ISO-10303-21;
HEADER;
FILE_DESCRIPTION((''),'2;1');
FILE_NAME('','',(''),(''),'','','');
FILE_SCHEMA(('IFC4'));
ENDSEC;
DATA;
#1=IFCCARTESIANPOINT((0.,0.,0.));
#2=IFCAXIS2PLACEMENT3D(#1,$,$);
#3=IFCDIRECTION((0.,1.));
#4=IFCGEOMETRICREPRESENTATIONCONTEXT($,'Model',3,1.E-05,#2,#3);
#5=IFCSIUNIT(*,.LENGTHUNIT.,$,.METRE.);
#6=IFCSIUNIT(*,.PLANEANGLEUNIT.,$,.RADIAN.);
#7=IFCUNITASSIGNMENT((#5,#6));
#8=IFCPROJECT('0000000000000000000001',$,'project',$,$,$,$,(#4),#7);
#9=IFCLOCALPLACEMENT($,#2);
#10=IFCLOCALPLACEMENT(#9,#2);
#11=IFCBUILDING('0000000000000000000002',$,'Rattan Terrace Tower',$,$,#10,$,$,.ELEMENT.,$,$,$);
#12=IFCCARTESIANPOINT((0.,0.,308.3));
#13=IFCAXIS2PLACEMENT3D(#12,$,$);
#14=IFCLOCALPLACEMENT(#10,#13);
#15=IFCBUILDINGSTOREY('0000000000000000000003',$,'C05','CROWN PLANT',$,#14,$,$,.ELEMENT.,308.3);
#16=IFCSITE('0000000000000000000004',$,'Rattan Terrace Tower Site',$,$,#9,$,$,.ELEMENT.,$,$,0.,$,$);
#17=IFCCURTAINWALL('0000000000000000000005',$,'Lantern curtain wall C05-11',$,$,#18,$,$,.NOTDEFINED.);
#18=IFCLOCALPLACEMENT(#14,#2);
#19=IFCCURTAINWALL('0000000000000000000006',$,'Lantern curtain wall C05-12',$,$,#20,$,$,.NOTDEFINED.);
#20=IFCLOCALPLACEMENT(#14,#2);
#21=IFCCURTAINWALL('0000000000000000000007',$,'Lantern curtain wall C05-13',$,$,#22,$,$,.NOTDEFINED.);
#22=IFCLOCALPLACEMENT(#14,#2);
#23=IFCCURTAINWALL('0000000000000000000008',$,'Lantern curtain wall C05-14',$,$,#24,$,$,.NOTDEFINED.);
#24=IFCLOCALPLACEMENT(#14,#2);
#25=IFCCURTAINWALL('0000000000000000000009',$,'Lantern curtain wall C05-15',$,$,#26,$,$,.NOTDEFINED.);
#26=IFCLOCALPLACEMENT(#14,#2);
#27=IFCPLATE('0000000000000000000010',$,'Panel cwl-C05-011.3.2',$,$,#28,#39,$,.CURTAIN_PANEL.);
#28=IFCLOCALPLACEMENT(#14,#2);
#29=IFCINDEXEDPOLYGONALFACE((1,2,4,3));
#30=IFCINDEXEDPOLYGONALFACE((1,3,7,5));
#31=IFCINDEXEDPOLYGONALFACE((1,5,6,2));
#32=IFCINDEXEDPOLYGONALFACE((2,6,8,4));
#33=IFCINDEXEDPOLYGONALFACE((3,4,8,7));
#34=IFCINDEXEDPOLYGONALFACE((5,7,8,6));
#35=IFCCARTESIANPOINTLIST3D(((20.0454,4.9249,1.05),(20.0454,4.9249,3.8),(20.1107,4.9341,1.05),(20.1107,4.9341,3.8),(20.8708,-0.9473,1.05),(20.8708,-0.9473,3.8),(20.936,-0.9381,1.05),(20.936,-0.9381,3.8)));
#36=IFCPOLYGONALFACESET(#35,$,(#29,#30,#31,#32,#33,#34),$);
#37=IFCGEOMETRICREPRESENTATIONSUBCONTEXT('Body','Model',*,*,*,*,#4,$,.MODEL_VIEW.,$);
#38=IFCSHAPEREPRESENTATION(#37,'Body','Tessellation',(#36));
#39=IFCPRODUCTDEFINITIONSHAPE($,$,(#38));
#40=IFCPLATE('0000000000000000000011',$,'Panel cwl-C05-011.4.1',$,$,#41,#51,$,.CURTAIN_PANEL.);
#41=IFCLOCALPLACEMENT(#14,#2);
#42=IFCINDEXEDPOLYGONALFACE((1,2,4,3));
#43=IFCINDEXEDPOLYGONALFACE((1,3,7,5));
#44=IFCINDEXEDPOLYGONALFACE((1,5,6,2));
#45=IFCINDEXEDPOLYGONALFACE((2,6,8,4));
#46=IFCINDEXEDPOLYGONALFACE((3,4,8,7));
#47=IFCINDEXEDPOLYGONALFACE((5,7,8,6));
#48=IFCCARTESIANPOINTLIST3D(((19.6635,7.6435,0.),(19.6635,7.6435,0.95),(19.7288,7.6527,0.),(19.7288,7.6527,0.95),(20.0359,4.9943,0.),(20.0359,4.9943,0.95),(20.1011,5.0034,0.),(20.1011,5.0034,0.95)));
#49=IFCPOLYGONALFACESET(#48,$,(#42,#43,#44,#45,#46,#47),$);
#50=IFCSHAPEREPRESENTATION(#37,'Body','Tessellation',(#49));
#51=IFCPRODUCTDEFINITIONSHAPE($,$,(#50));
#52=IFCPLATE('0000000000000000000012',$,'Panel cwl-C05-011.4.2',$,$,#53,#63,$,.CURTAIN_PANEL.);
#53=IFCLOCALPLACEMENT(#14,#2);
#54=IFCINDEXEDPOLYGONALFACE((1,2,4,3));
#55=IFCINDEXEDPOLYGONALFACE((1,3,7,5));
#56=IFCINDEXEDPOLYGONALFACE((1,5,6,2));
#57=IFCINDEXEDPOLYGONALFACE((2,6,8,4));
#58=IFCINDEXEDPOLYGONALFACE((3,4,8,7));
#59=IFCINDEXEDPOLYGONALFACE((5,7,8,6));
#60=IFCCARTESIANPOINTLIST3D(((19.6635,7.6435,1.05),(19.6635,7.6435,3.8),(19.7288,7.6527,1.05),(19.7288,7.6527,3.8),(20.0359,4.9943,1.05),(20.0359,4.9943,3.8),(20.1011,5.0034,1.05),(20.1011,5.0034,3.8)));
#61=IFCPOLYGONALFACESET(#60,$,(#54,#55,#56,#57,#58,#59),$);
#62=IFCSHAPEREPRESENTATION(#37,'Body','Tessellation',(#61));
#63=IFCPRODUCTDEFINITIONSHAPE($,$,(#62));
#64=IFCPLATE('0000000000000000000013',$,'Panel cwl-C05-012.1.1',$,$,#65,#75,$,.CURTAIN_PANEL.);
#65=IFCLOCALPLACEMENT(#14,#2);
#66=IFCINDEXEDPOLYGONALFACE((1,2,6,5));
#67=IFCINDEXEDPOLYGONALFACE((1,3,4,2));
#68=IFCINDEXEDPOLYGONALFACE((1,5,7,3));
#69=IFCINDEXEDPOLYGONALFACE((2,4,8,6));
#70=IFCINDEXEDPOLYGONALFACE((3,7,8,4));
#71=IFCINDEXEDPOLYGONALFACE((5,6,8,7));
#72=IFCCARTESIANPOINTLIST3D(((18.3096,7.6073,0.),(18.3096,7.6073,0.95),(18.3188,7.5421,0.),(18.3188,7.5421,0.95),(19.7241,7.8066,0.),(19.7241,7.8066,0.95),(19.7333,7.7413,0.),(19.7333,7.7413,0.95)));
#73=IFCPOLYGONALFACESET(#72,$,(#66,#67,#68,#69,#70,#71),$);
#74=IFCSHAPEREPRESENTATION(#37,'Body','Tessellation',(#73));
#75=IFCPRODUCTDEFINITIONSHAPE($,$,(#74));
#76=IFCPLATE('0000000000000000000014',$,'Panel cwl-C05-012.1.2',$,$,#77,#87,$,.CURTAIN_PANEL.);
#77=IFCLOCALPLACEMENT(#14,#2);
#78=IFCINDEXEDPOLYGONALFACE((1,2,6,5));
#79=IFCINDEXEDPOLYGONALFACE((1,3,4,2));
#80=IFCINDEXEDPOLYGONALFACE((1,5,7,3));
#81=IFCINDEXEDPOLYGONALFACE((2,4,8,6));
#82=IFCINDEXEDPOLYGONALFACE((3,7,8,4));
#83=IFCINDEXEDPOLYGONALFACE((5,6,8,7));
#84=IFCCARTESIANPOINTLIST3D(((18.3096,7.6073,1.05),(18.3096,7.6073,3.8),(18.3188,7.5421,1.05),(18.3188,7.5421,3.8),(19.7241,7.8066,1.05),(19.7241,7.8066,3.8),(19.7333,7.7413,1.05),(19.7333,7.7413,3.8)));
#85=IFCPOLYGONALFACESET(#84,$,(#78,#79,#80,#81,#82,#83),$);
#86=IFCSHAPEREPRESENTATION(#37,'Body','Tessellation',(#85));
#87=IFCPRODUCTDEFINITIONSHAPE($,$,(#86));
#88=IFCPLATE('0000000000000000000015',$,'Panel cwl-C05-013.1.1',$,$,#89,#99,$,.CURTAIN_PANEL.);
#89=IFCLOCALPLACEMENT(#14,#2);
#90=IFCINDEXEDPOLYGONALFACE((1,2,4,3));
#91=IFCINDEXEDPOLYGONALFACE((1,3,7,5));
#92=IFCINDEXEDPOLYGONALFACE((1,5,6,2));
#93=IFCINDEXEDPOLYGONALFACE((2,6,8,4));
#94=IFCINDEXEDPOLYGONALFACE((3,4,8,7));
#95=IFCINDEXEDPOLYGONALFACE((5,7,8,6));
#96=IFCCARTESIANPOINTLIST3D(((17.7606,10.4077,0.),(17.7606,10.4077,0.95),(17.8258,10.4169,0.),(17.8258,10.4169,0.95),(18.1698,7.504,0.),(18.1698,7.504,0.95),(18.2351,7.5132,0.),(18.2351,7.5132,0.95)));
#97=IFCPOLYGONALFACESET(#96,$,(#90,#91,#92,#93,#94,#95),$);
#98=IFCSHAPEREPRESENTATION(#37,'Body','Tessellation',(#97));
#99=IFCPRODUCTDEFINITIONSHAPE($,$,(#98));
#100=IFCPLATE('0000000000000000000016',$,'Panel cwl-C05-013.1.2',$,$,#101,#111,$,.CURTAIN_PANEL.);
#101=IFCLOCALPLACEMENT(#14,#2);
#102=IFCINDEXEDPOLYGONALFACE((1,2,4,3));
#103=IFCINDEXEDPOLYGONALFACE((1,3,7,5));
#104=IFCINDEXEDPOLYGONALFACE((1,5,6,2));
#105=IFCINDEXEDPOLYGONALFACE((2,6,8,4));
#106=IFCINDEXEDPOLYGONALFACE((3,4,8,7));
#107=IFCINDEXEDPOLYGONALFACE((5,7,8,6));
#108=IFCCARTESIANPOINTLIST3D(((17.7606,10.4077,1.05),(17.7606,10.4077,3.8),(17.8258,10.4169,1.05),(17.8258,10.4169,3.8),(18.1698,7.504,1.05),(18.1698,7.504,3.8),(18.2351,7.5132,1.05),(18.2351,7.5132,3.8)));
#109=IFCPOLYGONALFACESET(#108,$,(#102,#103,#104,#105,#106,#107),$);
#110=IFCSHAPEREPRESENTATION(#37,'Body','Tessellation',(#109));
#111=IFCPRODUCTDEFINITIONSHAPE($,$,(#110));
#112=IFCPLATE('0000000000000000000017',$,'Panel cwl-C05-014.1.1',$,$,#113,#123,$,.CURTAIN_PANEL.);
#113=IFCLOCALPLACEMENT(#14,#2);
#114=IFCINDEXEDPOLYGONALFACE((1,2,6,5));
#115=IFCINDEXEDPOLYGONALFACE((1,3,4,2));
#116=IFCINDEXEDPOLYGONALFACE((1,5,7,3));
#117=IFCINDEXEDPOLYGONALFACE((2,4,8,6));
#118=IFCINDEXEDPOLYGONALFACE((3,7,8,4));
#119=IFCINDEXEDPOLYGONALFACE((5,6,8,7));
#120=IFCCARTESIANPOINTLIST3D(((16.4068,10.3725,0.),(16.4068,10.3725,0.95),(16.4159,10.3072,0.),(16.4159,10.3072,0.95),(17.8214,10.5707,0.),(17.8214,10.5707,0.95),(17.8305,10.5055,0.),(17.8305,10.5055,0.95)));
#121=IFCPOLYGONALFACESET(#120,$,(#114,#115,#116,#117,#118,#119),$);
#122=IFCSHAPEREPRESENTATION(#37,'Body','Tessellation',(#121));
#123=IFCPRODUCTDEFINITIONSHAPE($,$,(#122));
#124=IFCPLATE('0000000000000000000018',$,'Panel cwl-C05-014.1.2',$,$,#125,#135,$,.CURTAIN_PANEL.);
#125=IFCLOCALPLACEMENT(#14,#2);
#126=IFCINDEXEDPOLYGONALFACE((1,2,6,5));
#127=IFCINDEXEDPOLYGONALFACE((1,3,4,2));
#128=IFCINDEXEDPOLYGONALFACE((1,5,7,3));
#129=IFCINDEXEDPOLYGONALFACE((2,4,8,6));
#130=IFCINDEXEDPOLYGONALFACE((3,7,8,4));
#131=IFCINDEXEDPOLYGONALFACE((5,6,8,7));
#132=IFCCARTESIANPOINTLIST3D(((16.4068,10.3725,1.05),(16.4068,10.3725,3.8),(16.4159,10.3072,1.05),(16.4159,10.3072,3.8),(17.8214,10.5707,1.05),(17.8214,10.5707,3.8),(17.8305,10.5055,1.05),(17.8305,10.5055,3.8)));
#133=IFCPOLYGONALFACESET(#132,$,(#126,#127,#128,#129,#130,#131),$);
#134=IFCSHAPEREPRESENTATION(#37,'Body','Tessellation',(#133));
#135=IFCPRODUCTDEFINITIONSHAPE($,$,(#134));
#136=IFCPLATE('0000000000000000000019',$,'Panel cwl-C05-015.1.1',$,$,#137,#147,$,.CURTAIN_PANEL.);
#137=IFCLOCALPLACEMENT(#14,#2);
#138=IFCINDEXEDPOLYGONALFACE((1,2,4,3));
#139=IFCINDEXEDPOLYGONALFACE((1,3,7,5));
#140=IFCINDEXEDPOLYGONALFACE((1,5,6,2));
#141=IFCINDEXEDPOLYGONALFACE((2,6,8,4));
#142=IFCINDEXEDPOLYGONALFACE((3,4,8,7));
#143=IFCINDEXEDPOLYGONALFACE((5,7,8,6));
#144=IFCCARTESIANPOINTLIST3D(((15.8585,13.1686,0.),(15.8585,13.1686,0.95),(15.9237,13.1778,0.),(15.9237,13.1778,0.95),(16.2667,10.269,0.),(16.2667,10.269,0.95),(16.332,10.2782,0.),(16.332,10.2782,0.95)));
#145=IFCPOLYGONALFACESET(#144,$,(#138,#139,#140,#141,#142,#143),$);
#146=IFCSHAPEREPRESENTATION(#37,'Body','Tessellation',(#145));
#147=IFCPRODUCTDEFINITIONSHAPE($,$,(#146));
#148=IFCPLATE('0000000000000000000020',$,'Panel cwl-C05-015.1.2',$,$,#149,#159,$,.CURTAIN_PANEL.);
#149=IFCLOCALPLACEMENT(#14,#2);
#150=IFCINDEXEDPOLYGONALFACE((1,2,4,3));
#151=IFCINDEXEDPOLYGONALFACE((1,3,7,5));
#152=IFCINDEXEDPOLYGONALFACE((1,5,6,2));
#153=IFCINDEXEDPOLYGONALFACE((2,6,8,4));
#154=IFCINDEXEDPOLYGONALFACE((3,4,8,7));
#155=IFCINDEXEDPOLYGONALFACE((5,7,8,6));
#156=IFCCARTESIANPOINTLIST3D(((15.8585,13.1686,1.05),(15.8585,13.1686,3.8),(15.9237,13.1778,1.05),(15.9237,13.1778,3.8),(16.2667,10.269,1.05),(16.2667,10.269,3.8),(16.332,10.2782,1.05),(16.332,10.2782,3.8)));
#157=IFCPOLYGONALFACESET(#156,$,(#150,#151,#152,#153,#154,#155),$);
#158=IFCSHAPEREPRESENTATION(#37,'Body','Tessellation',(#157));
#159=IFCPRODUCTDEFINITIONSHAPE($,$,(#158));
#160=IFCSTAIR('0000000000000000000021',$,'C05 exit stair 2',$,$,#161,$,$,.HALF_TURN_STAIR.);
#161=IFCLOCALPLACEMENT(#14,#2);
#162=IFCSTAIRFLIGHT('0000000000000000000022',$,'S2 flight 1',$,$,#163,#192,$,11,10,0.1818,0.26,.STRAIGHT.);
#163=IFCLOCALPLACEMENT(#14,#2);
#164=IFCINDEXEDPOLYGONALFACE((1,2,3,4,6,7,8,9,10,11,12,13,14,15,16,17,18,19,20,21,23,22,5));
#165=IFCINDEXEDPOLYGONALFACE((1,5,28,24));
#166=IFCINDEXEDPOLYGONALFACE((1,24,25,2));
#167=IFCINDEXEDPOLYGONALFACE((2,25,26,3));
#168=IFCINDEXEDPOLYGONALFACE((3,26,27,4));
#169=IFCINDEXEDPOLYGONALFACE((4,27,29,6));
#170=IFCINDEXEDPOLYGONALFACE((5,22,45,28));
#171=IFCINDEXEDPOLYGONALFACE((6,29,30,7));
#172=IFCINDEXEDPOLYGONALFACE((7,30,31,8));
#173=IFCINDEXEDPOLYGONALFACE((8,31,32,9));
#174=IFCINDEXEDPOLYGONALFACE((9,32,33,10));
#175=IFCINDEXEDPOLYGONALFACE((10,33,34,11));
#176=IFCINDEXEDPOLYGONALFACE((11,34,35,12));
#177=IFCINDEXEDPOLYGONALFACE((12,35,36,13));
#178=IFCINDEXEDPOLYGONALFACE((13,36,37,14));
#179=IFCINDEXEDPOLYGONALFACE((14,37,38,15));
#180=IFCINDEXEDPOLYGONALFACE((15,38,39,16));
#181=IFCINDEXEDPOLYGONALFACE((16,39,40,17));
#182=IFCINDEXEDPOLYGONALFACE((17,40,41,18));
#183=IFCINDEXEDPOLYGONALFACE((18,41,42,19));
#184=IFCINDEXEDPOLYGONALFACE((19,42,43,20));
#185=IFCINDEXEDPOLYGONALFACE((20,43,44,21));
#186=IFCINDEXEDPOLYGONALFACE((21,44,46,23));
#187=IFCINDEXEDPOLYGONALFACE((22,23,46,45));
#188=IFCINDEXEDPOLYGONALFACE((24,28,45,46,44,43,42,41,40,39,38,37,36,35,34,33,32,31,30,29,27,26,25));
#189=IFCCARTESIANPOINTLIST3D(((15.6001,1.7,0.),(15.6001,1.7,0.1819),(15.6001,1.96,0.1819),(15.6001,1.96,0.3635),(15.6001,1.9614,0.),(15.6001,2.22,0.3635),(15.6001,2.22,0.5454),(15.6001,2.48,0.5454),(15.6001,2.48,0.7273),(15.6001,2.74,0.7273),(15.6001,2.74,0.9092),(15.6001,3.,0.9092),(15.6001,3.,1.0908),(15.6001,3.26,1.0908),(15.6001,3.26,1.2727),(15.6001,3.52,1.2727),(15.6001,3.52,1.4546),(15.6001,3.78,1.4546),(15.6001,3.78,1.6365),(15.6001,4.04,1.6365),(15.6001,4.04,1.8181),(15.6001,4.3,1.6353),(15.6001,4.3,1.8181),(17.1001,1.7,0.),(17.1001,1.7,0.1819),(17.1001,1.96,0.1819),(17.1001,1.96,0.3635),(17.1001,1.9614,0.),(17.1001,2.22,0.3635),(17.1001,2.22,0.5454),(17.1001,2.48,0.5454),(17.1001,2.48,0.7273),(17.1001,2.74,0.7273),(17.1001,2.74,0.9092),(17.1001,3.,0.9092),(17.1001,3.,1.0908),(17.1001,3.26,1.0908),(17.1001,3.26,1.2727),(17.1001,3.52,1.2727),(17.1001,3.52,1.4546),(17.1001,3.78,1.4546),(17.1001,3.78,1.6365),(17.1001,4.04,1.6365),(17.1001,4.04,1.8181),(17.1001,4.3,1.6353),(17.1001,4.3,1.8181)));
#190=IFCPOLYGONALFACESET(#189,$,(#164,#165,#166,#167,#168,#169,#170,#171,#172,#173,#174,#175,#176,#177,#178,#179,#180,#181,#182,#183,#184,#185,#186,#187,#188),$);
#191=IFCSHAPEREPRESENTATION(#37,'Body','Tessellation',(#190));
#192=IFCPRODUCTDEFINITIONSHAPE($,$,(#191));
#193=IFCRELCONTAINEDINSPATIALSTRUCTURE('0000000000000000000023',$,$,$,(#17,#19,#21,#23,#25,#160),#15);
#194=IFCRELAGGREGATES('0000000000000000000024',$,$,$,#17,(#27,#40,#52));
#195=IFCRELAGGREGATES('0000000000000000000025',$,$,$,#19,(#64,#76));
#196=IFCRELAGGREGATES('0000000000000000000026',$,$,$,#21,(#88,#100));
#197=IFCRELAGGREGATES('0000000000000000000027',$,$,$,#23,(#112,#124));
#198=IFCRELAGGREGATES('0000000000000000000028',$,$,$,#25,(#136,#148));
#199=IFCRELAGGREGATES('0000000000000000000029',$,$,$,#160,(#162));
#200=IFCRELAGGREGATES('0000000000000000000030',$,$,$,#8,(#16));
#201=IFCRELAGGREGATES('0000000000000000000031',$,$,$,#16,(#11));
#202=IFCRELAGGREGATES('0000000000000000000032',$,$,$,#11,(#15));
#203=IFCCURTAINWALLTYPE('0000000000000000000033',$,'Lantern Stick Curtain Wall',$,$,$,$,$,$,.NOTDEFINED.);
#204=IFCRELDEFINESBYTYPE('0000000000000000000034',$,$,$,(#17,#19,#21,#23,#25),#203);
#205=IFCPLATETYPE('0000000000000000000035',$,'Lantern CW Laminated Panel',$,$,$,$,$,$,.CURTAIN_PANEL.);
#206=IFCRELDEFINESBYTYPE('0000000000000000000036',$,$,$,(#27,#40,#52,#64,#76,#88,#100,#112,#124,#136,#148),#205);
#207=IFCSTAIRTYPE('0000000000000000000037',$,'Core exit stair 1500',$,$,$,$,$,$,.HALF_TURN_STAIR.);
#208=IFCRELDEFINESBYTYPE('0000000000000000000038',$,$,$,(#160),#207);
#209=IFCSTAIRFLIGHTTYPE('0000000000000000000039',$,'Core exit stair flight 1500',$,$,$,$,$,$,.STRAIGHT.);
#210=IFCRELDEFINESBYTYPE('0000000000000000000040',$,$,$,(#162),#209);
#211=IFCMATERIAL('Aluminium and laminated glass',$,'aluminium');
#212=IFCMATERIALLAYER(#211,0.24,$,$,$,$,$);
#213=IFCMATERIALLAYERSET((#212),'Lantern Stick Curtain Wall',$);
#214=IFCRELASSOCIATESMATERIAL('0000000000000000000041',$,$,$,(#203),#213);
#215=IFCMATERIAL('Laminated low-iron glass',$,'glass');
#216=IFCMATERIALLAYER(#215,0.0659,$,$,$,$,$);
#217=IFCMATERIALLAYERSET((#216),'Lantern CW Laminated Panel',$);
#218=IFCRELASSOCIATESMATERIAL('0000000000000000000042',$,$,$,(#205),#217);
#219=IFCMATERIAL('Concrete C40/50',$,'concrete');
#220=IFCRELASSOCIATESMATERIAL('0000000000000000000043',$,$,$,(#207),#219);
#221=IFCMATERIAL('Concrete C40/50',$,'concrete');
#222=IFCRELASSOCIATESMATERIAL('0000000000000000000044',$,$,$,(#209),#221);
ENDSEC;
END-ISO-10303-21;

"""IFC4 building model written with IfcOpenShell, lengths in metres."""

from ifc_helpers import new_model, si_unit, direction, frame, origin, origin_2d, place, context, subcontext, project, spatial, polyline, rectangle, outline, extrude, material, layer, layer_set, type_object, element, aggregate, save


model = new_model("IFC4")

# Units and contexts
model_context = context("Model", 3, precision=1e-05, world=origin(), true_north=direction((0.0, 1.0)))
body_context = subcontext(model_context, "Body", "Model", "MODEL_VIEW")
ifc_project = project(units=[si_unit("LENGTHUNIT", "METRE"), si_unit("PLANEANGLEUNIT", "RADIAN")], contexts=[model_context])

# Site, building, storey
site_placement = place(None, origin())
site = spatial("IfcSite", under=ifc_project, at=site_placement, Name="Rattan Terrace Tower Site", CompositionType="ELEMENT", RefElevation=0.0)
building_placement = place(site_placement, origin())
building = spatial("IfcBuilding", under=site, at=building_placement, Name="Rattan Terrace Tower", CompositionType="ELEMENT")
storey_placement = place(building_placement, frame((0.0, 0.0, 308.3)))
storey = spatial("IfcBuildingStorey", under=building, at=storey_placement, Name="C05", Description="CROWN PLANT", CompositionType="ELEMENT", Elevation=308.3)

# Curtain walls
ifc_material_1 = material(Name="Aluminium and laminated glass", Category="aluminium")
ifc_layer_1 = layer(ifc_material_1, 0.24)
ifc_layer_set_1 = layer_set([ifc_layer_1], Name="Lantern Stick Curtain Wall")
curtain_wall_type = type_object("IfcCurtainWallType", Name="Lantern Stick Curtain Wall", PredefinedType="NOTDEFINED", material=ifc_layer_set_1)
curtain_wall_1_placement = place(storey_placement, origin())
curtain_wall_1 = element("IfcCurtainWall", 1, at=curtain_wall_1_placement, inside=storey, type_object=curtain_wall_type, Name="Lantern curtain wall C05-11", PredefinedType="NOTDEFINED")
curtain_wall_2_placement = place(storey_placement, origin())
curtain_wall_2 = element("IfcCurtainWall", 2, at=curtain_wall_2_placement, inside=storey, type_object=curtain_wall_type, Name="Lantern curtain wall C05-12", PredefinedType="NOTDEFINED")
curtain_wall_3_placement = place(storey_placement, origin())
curtain_wall_3 = element("IfcCurtainWall", 3, at=curtain_wall_3_placement, inside=storey, type_object=curtain_wall_type, Name="Lantern curtain wall C05-13", PredefinedType="NOTDEFINED")
curtain_wall_4_placement = place(storey_placement, origin())
curtain_wall_4 = element("IfcCurtainWall", 4, at=curtain_wall_4_placement, inside=storey, type_object=curtain_wall_type, Name="Lantern curtain wall C05-14", PredefinedType="NOTDEFINED")
curtain_wall_5_placement = place(storey_placement, origin())
curtain_wall_5 = element("IfcCurtainWall", 5, at=curtain_wall_5_placement, inside=storey, type_object=curtain_wall_type, Name="Lantern curtain wall C05-15", PredefinedType="NOTDEFINED")

# Plates
ifc_material_2 = material(Name="Laminated low-iron glass", Category="glass")
ifc_layer_2 = layer(ifc_material_2, 0.0659)
ifc_layer_set_2 = layer_set([ifc_layer_2], Name="Lantern CW Laminated Panel")
plate_type = type_object("IfcPlateType", Name="Lantern CW Laminated Panel", PredefinedType="CURTAIN_PANEL", material=ifc_layer_set_2)
plate_1_placement = place(storey_placement, frame((20.4907, 1.9934, 1.05), z_axis=(0.0, 0.0, 1.0), x_axis=(-0.139188, 0.990266, 0.0)))
plate_1 = element("IfcPlate", 6, at=plate_1_placement, type_object=plate_type, Name="Panel cwl-C05-011.3.2", PredefinedType="CURTAIN_PANEL", context=body_context, shape_type="SweptSolid", body=[
    extrude(rectangle(XDim=5.9299, YDim=0.0659, at=origin_2d()), origin(), (0.0, 0.0, 1.0), 2.75),
])
plate_2_placement = place(storey_placement, frame((19.8823, 6.3235, 0.0), z_axis=(0.0, 0.0, 1.0), x_axis=(-0.139188, 0.990266, 0.0)))
plate_2 = element("IfcPlate", 7, at=plate_2_placement, type_object=plate_type, Name="Panel cwl-C05-011.4.1", PredefinedType="CURTAIN_PANEL", context=body_context, shape_type="SweptSolid", body=[
    extrude(rectangle(XDim=2.6753, YDim=0.0659, at=origin_2d()), origin(), (0.0, 0.0, 1.0), 0.95),
])
plate_3_placement = place(storey_placement, frame((19.8823, 6.3235, 1.05), z_axis=(0.0, 0.0, 1.0), x_axis=(-0.139188, 0.990266, 0.0)))
plate_3 = element("IfcPlate", 8, at=plate_3_placement, type_object=plate_type, Name="Panel cwl-C05-011.4.2", PredefinedType="CURTAIN_PANEL", context=body_context, shape_type="SweptSolid", body=[
    extrude(rectangle(XDim=2.6753, YDim=0.0659, at=origin_2d()), origin(), (0.0, 0.0, 1.0), 2.75),
])
aggregate(curtain_wall_1, [plate_1, plate_2, plate_3])
plate_4_placement = place(storey_placement, frame((19.0215, 7.6743, 0.0), z_axis=(0.0, 0.0, 1.0), x_axis=(-0.990228, -0.139459, 0.0)))
plate_4 = element("IfcPlate", 9, at=plate_4_placement, type_object=plate_type, Name="Panel cwl-C05-012.1.1", PredefinedType="CURTAIN_PANEL", context=body_context, shape_type="SweptSolid", body=[
    extrude(rectangle(XDim=1.4285, YDim=0.0659, at=origin_2d()), origin(), (0.0, 0.0, 1.0), 0.95),
])
plate_5_placement = place(storey_placement, frame((19.0215, 7.6743, 1.05), z_axis=(0.0, 0.0, 1.0), x_axis=(-0.990228, -0.139459, 0.0)))
plate_5 = element("IfcPlate", 10, at=plate_5_placement, type_object=plate_type, Name="Panel cwl-C05-012.1.2", PredefinedType="CURTAIN_PANEL", context=body_context, shape_type="SweptSolid", body=[
    extrude(rectangle(XDim=1.4285, YDim=0.0659, at=origin_2d()), origin(), (0.0, 0.0, 1.0), 2.75),
])
aggregate(curtain_wall_2, [plate_4, plate_5])
plate_6_placement = place(storey_placement, frame((17.9978, 8.9604, 0.0), z_axis=(0.0, 0.0, 1.0), x_axis=(-0.139556, 0.990214, 0.0)))
plate_6 = element("IfcPlate", 11, at=plate_6_placement, type_object=plate_type, Name="Panel cwl-C05-013.1.1", PredefinedType="CURTAIN_PANEL", context=body_context, shape_type="SweptSolid", body=[
    extrude(rectangle(XDim=2.9324, YDim=0.0659, at=origin_2d()), origin(), (0.0, 0.0, 1.0), 0.95),
])
plate_7_placement = place(storey_placement, frame((17.9978, 8.9604, 1.05), z_axis=(0.0, 0.0, 1.0), x_axis=(-0.139556, 0.990214, 0.0)))
plate_7 = element("IfcPlate", 12, at=plate_7_placement, type_object=plate_type, Name="Panel cwl-C05-013.1.2", PredefinedType="CURTAIN_PANEL", context=body_context, shape_type="SweptSolid", body=[
    extrude(rectangle(XDim=2.9324, YDim=0.0659, at=origin_2d()), origin(), (0.0, 0.0, 1.0), 2.75),
])
aggregate(curtain_wall_3, [plate_6, plate_7])
plate_8_placement = place(storey_placement, frame((17.1187, 10.439, 0.0), z_axis=(0.0, 0.0, 1.0), x_axis=(-0.99032, -0.138805, 0.0)))
plate_8 = element("IfcPlate", 13, at=plate_8_placement, type_object=plate_type, Name="Panel cwl-C05-014.1.1", PredefinedType="CURTAIN_PANEL", context=body_context, shape_type="SweptSolid", body=[
    extrude(rectangle(XDim=1.4285, YDim=0.0659, at=origin_2d()), origin(), (0.0, 0.0, 1.0), 0.95),
])
plate_9_placement = place(storey_placement, frame((17.1187, 10.439, 1.05), z_axis=(0.0, 0.0, 1.0), x_axis=(-0.99032, -0.138805, 0.0)))
plate_9 = element("IfcPlate", 14, at=plate_9_placement, type_object=plate_type, Name="Panel cwl-C05-014.1.2", PredefinedType="CURTAIN_PANEL", context=body_context, shape_type="SweptSolid", body=[
    extrude(rectangle(XDim=1.4285, YDim=0.0659, at=origin_2d()), origin(), (0.0, 0.0, 1.0), 2.75),
])
aggregate(curtain_wall_4, [plate_8, plate_9])
plate_10_placement = place(storey_placement, frame((16.0952, 11.7234, 0.0), z_axis=(0.0, 0.0, 1.0), x_axis=(-0.139413, 0.990234, 0.0)))
plate_10 = element("IfcPlate", 15, at=plate_10_placement, type_object=plate_type, Name="Panel cwl-C05-015.1.1", PredefinedType="CURTAIN_PANEL", context=body_context, shape_type="SweptSolid", body=[
    extrude(rectangle(XDim=2.9282, YDim=0.0659, at=origin_2d()), origin(), (0.0, 0.0, 1.0), 0.95),
])
plate_11_placement = place(storey_placement, frame((16.0952, 11.7234, 1.05), z_axis=(0.0, 0.0, 1.0), x_axis=(-0.139413, 0.990234, 0.0)))
plate_11 = element("IfcPlate", 16, at=plate_11_placement, type_object=plate_type, Name="Panel cwl-C05-015.1.2", PredefinedType="CURTAIN_PANEL", context=body_context, shape_type="SweptSolid", body=[
    extrude(rectangle(XDim=2.9282, YDim=0.0659, at=origin_2d()), origin(), (0.0, 0.0, 1.0), 2.75),
])
aggregate(curtain_wall_5, [plate_10, plate_11])

# Stair, stair flight
ifc_material_3 = material(Name="Concrete C40/50", Category="concrete")
stair_type = type_object("IfcStairType", Name="Core exit stair 1500", PredefinedType="HALF_TURN_STAIR", material=ifc_material_3)
stair_placement = place(storey_placement, origin())
stair = element("IfcStair", 17, at=stair_placement, inside=storey, type_object=stair_type, Name="C05 exit stair 2", PredefinedType="HALF_TURN_STAIR")
ifc_material_4 = material(Name="Concrete C40/50", Category="concrete")
stair_flight_type = type_object("IfcStairFlightType", Name="Core exit stair flight 1500", PredefinedType="STRAIGHT", material=ifc_material_4)
stair_flight_placement = place(storey_placement, frame((16.3501, 1.7, 0.0), z_axis=(0.0, 0.0, 1.0), x_axis=(0.0, 1.0, 0.0)))
stair_flight = element("IfcStairFlight", 18, at=stair_flight_placement, type_object=stair_flight_type, Name="S2 flight 1", NumberOfRisers=11, NumberOfTreads=10, PredefinedType="STRAIGHT", RiserHeight=0.1818, TreadLength=0.26, context=body_context, shape_type="SweptSolid", body=[
    extrude(outline(polyline([(0.0, 0.0), (0.0, 0.1819), (0.26, 0.1819), (0.26, 0.3635), (0.52, 0.3635), (0.52, 0.5454), (0.78, 0.5454), (0.78, 0.7273), (1.04, 0.7273), (1.04, 0.9092), (1.3, 0.9092), (1.3, 1.0908), (1.5601, 1.0908), (1.5601, 1.2727), (1.8201, 1.2727), (1.8201, 1.4546), (2.0801, 1.4546), (2.0801, 1.6365), (2.3401, 1.6365), (2.3401, 1.8181), (2.6001, 1.8181), (2.6001, 2.0), (2.6001, 1.6353), (0.2615, 0.0), (0.0, 0.0)])), frame((0.0, 0.75, 0.0), z_axis=(0.0, -1.0, 0.0), x_axis=(1.0, 0.0, 0.0)), (0.0, 0.0, 1.0), 1.5),
])
aggregate(stair, [stair_flight])

save(model, "model.ifc")
